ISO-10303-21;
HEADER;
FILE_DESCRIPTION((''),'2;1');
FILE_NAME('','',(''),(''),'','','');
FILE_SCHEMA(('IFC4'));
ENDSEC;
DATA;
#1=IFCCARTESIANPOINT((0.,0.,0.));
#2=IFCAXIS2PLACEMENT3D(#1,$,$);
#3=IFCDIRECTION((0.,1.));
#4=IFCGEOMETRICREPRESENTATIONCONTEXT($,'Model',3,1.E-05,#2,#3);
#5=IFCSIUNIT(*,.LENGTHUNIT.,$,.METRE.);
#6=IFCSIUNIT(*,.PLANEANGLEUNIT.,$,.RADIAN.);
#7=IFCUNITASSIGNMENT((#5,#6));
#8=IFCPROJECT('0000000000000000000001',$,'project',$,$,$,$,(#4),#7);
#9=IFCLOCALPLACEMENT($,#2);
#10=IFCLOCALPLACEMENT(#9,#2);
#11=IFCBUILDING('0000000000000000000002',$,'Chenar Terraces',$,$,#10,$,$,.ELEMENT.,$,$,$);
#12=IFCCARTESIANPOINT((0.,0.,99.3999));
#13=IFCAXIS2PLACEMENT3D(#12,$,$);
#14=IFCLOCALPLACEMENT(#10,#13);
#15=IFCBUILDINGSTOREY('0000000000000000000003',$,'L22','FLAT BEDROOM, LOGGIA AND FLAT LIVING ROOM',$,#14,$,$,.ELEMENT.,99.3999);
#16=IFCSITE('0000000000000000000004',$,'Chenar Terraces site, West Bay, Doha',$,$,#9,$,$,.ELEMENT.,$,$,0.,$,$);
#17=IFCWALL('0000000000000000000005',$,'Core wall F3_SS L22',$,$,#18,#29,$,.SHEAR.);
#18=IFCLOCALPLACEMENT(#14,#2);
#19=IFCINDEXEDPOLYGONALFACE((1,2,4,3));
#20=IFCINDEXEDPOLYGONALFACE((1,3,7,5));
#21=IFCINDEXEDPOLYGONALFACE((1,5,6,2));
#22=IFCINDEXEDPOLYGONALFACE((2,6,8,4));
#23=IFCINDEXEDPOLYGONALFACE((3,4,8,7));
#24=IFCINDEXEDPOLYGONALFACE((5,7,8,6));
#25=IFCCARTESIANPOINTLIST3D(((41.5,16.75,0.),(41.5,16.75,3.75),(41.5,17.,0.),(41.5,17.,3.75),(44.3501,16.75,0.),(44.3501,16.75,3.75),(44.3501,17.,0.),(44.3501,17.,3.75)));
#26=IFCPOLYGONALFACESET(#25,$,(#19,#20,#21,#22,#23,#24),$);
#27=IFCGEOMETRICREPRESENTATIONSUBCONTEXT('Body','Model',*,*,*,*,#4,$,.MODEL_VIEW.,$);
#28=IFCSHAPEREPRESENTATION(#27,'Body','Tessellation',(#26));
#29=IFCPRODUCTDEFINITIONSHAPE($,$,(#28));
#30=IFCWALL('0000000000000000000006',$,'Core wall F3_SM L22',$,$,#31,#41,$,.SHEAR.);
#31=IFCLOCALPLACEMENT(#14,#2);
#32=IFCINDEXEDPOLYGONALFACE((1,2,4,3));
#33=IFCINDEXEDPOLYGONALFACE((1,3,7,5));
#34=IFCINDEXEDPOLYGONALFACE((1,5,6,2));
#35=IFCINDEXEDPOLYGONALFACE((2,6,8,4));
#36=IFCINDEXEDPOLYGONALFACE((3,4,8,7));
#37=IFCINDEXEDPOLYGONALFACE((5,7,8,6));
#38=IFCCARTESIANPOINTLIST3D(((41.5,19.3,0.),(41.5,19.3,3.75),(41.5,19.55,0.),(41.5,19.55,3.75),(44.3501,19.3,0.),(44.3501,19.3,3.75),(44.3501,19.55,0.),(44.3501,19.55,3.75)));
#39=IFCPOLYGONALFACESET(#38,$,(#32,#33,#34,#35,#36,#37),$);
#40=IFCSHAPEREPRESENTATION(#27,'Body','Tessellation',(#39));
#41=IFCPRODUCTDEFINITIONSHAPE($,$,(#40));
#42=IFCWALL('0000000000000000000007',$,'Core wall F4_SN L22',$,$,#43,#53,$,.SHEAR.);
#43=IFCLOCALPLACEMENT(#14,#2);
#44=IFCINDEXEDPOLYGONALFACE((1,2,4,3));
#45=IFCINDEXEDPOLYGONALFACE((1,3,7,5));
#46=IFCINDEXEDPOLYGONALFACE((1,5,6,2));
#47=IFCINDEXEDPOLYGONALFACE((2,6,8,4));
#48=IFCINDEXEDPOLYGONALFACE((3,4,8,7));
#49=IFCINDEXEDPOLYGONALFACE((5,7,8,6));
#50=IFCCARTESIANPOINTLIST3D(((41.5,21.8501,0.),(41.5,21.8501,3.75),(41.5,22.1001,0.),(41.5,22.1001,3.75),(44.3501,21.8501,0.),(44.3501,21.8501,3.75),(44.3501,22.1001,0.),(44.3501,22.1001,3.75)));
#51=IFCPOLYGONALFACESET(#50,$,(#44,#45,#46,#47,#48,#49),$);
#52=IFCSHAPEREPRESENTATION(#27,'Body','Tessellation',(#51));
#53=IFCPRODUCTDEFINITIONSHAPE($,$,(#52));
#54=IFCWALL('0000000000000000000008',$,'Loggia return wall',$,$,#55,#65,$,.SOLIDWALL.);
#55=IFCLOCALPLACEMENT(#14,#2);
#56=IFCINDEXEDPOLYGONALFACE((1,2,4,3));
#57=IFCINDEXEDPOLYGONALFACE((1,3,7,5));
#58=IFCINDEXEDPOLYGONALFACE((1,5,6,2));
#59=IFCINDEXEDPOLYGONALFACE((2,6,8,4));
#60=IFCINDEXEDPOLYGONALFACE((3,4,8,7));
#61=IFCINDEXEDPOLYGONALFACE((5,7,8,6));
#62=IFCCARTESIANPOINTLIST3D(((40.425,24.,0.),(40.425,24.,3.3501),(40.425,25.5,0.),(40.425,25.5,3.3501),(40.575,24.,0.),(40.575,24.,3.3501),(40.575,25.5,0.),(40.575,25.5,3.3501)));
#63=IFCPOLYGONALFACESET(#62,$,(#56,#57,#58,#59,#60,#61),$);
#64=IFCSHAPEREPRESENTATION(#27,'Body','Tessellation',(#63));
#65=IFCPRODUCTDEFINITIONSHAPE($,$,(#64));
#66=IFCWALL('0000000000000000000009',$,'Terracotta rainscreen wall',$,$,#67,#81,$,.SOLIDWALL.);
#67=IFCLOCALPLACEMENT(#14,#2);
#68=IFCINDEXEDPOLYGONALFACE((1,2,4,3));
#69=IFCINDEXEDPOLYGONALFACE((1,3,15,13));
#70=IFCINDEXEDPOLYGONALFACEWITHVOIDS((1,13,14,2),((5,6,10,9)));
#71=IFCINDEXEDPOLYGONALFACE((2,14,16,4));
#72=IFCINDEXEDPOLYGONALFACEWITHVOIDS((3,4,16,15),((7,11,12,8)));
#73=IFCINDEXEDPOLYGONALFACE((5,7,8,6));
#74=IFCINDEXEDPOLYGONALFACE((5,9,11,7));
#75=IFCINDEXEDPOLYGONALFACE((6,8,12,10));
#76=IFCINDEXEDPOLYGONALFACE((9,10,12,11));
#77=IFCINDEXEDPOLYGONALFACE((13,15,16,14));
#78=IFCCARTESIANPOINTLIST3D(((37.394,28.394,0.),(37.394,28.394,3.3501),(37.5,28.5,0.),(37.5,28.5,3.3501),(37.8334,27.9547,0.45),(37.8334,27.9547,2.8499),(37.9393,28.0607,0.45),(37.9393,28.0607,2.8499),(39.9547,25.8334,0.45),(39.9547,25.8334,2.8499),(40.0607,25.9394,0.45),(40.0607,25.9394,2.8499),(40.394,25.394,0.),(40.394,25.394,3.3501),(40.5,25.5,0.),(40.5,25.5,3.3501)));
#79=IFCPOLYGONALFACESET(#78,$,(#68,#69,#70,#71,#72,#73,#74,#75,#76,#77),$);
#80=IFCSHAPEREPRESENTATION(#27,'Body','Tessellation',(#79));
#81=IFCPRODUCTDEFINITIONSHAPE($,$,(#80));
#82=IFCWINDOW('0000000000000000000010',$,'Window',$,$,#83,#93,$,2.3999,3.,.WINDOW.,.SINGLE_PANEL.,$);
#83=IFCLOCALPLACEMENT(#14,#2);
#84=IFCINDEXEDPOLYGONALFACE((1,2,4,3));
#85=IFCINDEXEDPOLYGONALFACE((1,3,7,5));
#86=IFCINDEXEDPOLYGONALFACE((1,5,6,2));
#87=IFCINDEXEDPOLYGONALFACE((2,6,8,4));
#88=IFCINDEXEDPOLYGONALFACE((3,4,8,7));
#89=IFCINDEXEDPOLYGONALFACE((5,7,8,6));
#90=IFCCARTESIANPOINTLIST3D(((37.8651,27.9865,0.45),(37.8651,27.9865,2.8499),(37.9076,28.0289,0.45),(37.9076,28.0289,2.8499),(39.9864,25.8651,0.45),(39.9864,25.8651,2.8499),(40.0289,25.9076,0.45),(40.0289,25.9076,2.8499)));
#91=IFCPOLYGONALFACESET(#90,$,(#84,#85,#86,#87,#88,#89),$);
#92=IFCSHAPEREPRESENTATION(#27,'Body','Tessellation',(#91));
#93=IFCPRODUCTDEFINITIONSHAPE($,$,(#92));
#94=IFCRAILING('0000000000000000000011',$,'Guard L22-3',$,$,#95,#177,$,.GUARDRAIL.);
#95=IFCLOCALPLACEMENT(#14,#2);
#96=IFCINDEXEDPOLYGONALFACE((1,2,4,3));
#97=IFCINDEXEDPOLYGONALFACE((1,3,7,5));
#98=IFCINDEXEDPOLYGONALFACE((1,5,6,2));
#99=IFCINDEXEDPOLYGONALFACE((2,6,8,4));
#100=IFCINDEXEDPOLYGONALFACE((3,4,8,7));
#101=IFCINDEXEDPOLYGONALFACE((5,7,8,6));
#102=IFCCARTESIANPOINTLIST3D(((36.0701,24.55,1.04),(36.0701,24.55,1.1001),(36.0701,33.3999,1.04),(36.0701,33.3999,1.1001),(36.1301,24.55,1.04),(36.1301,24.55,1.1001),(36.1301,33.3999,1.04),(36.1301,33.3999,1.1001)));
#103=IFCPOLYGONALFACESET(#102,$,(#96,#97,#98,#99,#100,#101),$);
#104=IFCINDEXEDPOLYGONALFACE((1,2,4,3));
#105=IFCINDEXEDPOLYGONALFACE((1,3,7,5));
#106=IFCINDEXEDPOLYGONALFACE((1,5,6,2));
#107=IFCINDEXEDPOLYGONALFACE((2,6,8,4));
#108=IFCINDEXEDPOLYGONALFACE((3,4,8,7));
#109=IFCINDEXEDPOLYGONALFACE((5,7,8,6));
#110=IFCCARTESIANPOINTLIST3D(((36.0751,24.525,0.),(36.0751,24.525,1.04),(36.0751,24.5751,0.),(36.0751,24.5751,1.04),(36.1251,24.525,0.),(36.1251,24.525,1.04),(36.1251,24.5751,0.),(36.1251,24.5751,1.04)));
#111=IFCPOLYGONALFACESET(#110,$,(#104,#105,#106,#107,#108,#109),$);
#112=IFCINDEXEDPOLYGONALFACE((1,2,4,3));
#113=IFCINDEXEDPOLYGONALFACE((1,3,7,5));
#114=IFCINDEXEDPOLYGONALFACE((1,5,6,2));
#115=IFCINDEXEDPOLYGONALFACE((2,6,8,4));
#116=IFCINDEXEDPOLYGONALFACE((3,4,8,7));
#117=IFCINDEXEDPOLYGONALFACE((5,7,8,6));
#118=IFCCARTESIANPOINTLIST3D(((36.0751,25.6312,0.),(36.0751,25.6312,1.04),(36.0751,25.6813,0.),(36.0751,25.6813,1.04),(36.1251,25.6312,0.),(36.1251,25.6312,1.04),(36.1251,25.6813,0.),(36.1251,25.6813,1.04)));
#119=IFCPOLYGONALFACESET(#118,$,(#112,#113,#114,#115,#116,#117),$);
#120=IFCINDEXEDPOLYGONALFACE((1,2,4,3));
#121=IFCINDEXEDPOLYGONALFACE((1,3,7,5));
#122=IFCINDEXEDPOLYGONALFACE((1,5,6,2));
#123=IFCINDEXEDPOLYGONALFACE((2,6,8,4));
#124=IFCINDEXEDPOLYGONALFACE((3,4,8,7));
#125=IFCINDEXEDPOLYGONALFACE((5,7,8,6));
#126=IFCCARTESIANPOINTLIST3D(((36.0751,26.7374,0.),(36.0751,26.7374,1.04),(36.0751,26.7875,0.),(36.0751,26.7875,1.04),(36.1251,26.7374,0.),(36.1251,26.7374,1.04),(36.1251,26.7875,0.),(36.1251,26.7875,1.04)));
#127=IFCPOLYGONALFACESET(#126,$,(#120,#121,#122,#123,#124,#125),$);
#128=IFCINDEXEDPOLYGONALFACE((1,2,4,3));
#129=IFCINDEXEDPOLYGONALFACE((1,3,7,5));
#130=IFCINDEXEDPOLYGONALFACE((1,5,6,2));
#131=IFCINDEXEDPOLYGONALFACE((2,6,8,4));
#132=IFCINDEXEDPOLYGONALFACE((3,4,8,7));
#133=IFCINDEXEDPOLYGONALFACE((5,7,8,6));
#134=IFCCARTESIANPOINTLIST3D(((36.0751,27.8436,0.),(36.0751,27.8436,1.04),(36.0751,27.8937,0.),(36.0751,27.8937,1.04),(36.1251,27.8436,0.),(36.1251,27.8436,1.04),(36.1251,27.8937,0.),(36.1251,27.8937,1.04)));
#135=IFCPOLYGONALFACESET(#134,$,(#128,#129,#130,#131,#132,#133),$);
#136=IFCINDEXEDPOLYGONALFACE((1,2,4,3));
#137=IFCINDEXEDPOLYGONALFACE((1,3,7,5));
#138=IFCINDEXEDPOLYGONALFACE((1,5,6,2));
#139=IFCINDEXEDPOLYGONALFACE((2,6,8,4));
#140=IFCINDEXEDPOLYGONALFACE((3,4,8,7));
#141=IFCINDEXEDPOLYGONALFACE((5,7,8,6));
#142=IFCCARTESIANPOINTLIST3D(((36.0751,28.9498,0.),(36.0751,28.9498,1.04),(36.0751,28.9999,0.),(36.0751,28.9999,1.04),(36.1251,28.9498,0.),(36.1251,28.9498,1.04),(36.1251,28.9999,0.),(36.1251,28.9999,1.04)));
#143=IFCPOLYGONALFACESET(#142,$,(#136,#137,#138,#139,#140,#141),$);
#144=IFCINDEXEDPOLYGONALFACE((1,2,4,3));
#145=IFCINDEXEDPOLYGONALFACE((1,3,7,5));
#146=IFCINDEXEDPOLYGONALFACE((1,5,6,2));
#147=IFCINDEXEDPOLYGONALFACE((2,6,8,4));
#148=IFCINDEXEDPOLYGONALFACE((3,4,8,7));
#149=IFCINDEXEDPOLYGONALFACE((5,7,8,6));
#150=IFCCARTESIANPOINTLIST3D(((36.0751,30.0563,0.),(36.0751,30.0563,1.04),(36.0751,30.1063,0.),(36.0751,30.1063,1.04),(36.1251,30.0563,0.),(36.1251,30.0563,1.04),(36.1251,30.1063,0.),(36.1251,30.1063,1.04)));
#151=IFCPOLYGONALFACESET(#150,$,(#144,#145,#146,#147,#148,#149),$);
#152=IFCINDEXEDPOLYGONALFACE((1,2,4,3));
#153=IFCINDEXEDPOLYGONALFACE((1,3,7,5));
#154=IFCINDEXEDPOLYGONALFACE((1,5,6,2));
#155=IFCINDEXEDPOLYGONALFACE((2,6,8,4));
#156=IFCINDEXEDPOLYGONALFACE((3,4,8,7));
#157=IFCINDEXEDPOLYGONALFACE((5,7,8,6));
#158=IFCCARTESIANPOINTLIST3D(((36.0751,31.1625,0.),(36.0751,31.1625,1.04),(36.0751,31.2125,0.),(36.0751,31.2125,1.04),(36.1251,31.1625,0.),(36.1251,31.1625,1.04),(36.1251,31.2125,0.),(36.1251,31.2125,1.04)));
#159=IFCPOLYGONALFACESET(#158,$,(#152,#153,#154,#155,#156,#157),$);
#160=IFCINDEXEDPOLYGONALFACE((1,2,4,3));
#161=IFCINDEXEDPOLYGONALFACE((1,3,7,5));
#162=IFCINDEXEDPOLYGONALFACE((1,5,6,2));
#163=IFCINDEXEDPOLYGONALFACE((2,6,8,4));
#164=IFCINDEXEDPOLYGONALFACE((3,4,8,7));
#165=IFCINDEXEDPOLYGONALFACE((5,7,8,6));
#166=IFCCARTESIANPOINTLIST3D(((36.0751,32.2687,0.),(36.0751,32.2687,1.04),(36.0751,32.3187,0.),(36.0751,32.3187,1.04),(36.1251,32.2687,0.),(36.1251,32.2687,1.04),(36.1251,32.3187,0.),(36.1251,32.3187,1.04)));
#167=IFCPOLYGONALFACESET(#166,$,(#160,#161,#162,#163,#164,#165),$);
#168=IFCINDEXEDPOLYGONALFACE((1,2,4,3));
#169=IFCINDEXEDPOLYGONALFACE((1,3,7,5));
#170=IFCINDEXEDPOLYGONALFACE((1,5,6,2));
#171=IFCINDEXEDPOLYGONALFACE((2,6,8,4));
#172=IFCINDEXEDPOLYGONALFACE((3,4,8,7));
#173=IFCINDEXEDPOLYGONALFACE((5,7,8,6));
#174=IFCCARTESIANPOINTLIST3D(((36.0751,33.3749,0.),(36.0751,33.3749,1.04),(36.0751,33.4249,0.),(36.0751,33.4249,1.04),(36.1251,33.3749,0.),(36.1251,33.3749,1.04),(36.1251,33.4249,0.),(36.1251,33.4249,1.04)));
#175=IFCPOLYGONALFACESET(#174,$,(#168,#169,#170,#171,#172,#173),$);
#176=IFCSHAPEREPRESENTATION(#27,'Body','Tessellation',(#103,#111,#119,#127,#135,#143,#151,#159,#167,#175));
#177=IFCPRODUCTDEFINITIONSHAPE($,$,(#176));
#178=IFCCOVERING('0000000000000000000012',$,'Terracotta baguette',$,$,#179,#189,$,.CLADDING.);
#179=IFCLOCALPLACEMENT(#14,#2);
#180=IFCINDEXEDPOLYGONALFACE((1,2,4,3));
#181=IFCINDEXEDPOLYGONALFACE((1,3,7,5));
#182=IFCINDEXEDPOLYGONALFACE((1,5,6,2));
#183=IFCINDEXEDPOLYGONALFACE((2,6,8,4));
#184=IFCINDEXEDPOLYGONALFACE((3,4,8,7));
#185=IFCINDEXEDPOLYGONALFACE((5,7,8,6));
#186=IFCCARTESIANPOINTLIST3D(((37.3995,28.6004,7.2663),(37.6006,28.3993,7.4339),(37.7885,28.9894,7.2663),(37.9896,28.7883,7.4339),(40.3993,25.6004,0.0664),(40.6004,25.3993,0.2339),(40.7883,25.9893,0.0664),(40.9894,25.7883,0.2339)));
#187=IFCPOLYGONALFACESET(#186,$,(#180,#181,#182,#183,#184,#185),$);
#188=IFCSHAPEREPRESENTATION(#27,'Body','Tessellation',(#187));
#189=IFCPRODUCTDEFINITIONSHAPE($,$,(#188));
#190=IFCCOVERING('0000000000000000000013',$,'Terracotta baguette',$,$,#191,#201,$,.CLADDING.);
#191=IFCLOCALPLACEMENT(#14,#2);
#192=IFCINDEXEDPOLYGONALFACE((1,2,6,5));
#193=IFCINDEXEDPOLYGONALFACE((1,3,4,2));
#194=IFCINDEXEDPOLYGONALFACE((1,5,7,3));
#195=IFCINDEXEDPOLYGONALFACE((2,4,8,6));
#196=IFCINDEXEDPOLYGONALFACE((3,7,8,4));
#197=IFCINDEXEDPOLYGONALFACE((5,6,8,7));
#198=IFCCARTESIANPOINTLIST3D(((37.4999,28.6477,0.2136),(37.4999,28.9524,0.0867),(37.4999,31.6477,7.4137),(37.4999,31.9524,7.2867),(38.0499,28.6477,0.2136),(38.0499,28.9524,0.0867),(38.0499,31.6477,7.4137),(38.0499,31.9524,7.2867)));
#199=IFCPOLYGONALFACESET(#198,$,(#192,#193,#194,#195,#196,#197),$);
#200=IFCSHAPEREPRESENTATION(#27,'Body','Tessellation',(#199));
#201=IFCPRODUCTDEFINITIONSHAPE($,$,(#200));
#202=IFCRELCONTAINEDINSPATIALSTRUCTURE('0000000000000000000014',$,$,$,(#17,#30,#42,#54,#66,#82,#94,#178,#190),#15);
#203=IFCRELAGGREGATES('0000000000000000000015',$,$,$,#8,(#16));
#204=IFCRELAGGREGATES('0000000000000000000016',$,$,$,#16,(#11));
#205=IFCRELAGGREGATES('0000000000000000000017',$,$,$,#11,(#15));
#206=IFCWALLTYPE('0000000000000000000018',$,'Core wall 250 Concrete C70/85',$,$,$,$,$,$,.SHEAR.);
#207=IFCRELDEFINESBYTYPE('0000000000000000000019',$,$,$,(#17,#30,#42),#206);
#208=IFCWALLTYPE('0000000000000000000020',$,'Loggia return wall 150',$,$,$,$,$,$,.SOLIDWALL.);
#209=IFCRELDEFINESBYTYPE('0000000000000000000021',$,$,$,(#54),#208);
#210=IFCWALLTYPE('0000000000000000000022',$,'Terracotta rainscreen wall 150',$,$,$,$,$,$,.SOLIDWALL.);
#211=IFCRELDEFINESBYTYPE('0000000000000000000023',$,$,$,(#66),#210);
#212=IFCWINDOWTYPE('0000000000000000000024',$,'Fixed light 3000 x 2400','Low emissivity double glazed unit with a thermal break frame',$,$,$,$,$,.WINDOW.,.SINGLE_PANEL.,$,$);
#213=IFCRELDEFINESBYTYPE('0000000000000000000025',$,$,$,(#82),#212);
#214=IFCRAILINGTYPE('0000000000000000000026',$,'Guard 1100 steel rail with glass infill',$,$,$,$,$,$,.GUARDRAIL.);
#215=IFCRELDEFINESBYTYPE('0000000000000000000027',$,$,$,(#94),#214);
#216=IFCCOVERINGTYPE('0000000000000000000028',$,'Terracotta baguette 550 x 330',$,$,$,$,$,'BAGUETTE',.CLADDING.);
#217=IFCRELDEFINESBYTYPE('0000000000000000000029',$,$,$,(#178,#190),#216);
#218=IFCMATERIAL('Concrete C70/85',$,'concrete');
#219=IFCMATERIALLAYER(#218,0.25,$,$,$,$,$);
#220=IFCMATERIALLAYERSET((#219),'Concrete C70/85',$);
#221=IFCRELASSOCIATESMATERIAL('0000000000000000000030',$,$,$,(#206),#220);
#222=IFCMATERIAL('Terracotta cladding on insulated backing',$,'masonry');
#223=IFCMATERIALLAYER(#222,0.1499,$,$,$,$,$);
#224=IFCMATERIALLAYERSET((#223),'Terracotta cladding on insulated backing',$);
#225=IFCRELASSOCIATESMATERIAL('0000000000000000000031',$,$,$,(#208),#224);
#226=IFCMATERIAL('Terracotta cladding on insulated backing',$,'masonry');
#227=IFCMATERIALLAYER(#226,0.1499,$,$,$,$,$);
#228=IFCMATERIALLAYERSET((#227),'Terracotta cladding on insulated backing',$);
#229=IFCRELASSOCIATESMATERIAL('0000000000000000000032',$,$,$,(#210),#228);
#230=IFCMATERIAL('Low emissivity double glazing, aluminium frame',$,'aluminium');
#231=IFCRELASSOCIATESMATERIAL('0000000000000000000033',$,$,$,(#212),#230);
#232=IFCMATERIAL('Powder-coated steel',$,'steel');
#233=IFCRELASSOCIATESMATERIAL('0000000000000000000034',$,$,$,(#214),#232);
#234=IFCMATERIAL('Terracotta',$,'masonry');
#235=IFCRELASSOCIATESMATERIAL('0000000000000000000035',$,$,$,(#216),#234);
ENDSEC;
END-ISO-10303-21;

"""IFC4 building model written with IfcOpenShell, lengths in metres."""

from ifc_helpers import new_model, si_unit, direction, frame, frame_2d, origin, origin_2d, place, context, subcontext, project, spatial, rectangle, extrude, material, layer, layer_set, material_profile, profile_set, type_object, element, fill, save


model = new_model("IFC4")

# Units and contexts
model_context = context("Model", 3, precision=1e-05, world=origin(), true_north=direction((0.0, 1.0)))
body_context = subcontext(model_context, "Body", "Model", "MODEL_VIEW")
ifc_project = project(units=[si_unit("LENGTHUNIT", "METRE"), si_unit("PLANEANGLEUNIT", "RADIAN")], contexts=[model_context])

# Site, building, storey
site_placement = place(None, origin())
site = spatial("IfcSite", under=ifc_project, at=site_placement, Name="Chenar Terraces site, West Bay, Doha", CompositionType="ELEMENT", RefElevation=0.0)
building_placement = place(site_placement, origin())
building = spatial("IfcBuilding", under=site, at=building_placement, Name="Chenar Terraces", CompositionType="ELEMENT")
storey_placement = place(building_placement, frame((0.0, 0.0, 99.3999)))
storey = spatial("IfcBuildingStorey", under=building, at=storey_placement, Name="L22", Description="FLAT BEDROOM, LOGGIA AND FLAT LIVING ROOM", CompositionType="ELEMENT", Elevation=99.3999)

# Walls
ifc_material_1 = material(Name="Concrete C70/85", Category="concrete")
ifc_layer_1 = layer(ifc_material_1, 0.25)
ifc_layer_set_1 = layer_set([ifc_layer_1], Name="Concrete C70/85")
wall_type_1 = type_object("IfcWallType", Name="Core wall 250 Concrete C70/85", PredefinedType="SHEAR", material=ifc_layer_set_1)
for number, where, z_axis, x_axis, name in (
    (1, (41.5, 16.875, 0.0), (0.0, 0.0, 1.0), (1.0, 0.0, 0.0), "Core wall F3_SS L22"),
    (2, (41.5, 19.425, 0.0), (0.0, 0.0, 1.0), (1.0, 0.0, 0.0), "Core wall F3_SM L22"),
    (3, (41.5, 21.9751, 0.0), (0.0, 0.0, 1.0), (1.0, 0.0, 0.0), "Core wall F4_SN L22"),
):
    element("IfcWall", number, at=place(storey_placement, frame(where, z_axis=z_axis, x_axis=x_axis)), inside=storey, type_object=wall_type_1, Name=name, PredefinedType="SHEAR", context=body_context, shape_type="SweptSolid", body=[
        extrude(rectangle(XDim=2.8501, YDim=0.25, at=frame_2d((1.425, 0.0))), origin(), (0.0, 0.0, 1.0), 3.75),
    ])
ifc_material_2 = material(Name="Terracotta cladding on insulated backing", Category="masonry")
ifc_layer_2 = layer(ifc_material_2, 0.1499)
ifc_layer_set_2 = layer_set([ifc_layer_2], Name="Terracotta cladding on insulated backing")
wall_type_2 = type_object("IfcWallType", Name="Loggia return wall 150", PredefinedType="SOLIDWALL", material=ifc_layer_set_2)
wall_1_placement = place(storey_placement, frame((40.5, 25.5, 0.0), z_axis=(0.0, 0.0, 1.0), x_axis=(0.0, -1.0, 0.0)))
element("IfcWall", 4, at=wall_1_placement, inside=storey, type_object=wall_type_2, Name="Loggia return wall", PredefinedType="SOLIDWALL", context=body_context, shape_type="SweptSolid", body=[
    extrude(rectangle(XDim=1.5, YDim=0.1499, at=frame_2d((0.75, 0.0))), origin(), (0.0, 0.0, 1.0), 3.3501),
])

# Wall, opening, window
ifc_material_3 = material(Name="Terracotta cladding on insulated backing", Category="masonry")
ifc_layer_3 = layer(ifc_material_3, 0.1499)
ifc_layer_set_3 = layer_set([ifc_layer_3], Name="Terracotta cladding on insulated backing")
wall_type_3 = type_object("IfcWallType", Name="Terracotta rainscreen wall 150", PredefinedType="SOLIDWALL", material=ifc_layer_set_3)
wall_2_placement = place(storey_placement, frame((40.447, 25.447, 0.0), z_axis=(0.0, 0.0, 1.0), x_axis=(-0.707107, 0.707107, 0.0)))
wall_2 = element("IfcWall", 5, at=wall_2_placement, inside=storey, type_object=wall_type_3, Name="Terracotta rainscreen wall", PredefinedType="SOLIDWALL", context=body_context, shape_type="SweptSolid", body=[
    extrude(rectangle(XDim=4.2427, YDim=0.1499, at=frame_2d((2.1213, 0.0))), origin(), (0.0, 0.0, 1.0), 3.3501),
])
opening_1_placement = place(wall_2_placement, frame((0.6213, 0.0, 0.45)))
opening_1 = element("IfcOpeningElement", 6, at=opening_1_placement, cuts=wall_2, PredefinedType="OPENING", context=body_context, shape_type="SweptSolid", body=[
    extrude(rectangle(XDim=3.0, YDim=2.3999, at=frame_2d((1.5, 1.2))), frame((0.0, 0.085, 0.0), z_axis=(0.0, -1.0, 0.0), x_axis=(1.0, 0.0, 0.0)), (0.0, 0.0, 1.0), 0.1699),
])
ifc_material_4 = material(Name="Low emissivity double glazing, aluminium frame", Category="aluminium")
window_type = type_object("IfcWindowType", Name="Fixed light 3000 x 2400", Description="Low emissivity double glazed unit with a thermal break frame", PartitioningType="SINGLE_PANEL", PredefinedType="WINDOW", material=ifc_material_4)
window_placement = place(opening_1_placement, origin())
window = element("IfcWindow", 7, at=window_placement, inside=storey, type_object=window_type, Name="Window", OverallHeight=2.3999, OverallWidth=3.0, PartitioningType="SINGLE_PANEL", PredefinedType="WINDOW", context=body_context, shape_type="SweptSolid", body=[
    extrude(rectangle(XDim=3.0, YDim=2.3999, at=frame_2d((1.5, 1.2))), frame((0.0, 0.03, 0.0), z_axis=(0.0, -1.0, 0.0), x_axis=(1.0, 0.0, 0.0)), (0.0, 0.0, 1.0), 0.0601),
])
fill(opening_1, window)

# Railing
ifc_material_5 = material(Name="Powder-coated steel", Category="steel")
railing_type = type_object("IfcRailingType", Name="Guard 1100 steel rail with glass infill", PredefinedType="GUARDRAIL", material=ifc_material_5)
railing_placement = place(storey_placement, frame((36.1001, 24.55, 0.0)))
element("IfcRailing", 8, at=railing_placement, inside=storey, type_object=railing_type, Name="Guard L22-3", PredefinedType="GUARDRAIL", context=body_context, shape_type="SweptSolid", body=[
    extrude(rectangle(XDim=0.0601, YDim=0.0601, at=origin_2d()), frame((0.0, 0.0, 1.0701), z_axis=(0.0, 1.0, 0.0), x_axis=(-1.0, 0.0, 0.0)), (0.0, 0.0, 1.0), 8.8499),
    extrude(rectangle(XDim=0.05, YDim=0.05, at=origin_2d()), origin(), (0.0, 0.0, 1.0), 1.04),
    extrude(rectangle(XDim=0.05, YDim=0.05, at=origin_2d()), frame((0.0, 1.1062, 0.0)), (0.0, 0.0, 1.0), 1.04),
    extrude(rectangle(XDim=0.05, YDim=0.05, at=origin_2d()), frame((0.0, 2.2124, 0.0)), (0.0, 0.0, 1.0), 1.04),
    extrude(rectangle(XDim=0.05, YDim=0.05, at=origin_2d()), frame((0.0, 3.3186, 0.0)), (0.0, 0.0, 1.0), 1.04),
    extrude(rectangle(XDim=0.05, YDim=0.05, at=origin_2d()), frame((0.0, 4.4248, 0.0)), (0.0, 0.0, 1.0), 1.04),
    extrude(rectangle(XDim=0.05, YDim=0.05, at=origin_2d()), frame((0.0, 5.5312, 0.0)), (0.0, 0.0, 1.0), 1.04),
    extrude(rectangle(XDim=0.05, YDim=0.05, at=origin_2d()), frame((0.0, 6.6375, 0.0)), (0.0, 0.0, 1.0), 1.04),
    extrude(rectangle(XDim=0.05, YDim=0.05, at=origin_2d()), frame((0.0, 7.7437, 0.0)), (0.0, 0.0, 1.0), 1.04),
    extrude(rectangle(XDim=0.05, YDim=0.05, at=origin_2d()), frame((0.0, 8.8499, 0.0)), (0.0, 0.0, 1.0), 1.04),
])

# Coverings
ifc_material_6 = material(Name="Terracotta", Category="masonry")
ifc_material_profile_1 = material_profile(ifc_material_6, rectangle(XDim=0.55, YDim=0.3301, at=origin_2d()), Name="Terracotta baguette 550 x 330")
ifc_profile_set_1 = profile_set([ifc_material_profile_1], Name="Terracotta")
covering_type = type_object("IfcCoveringType", Name="Terracotta baguette 550 x 330", ElementType="BAGUETTE", PredefinedType="CLADDING", material=ifc_profile_set_1)
covering_1_placement = place(storey_placement, frame((40.6943, 25.6943, 0.1501), z_axis=(-0.358955, 0.358985, 0.861557), x_axis=(-0.707136, -0.707078, 0.0)))
element("IfcCovering", 9, at=covering_1_placement, inside=storey, type_object=covering_type, Name="Terracotta baguette", PredefinedType="CLADDING", context=body_context, shape_type="SweptSolid", body=[
    extrude(rectangle(XDim=0.55, YDim=0.3301, at=origin_2d()), origin(), (0.0, 0.0, 1.0), 8.3569),
])
covering_2_placement = place(storey_placement, frame((37.7749, 28.8, 0.1501), z_axis=(0.0, 0.384618, 0.923076), x_axis=(-1.0, 0.0, 0.0)))
element("IfcCovering", 10, at=covering_2_placement, inside=storey, type_object=covering_type, Name="Terracotta baguette", PredefinedType="CLADDING", context=body_context, shape_type="SweptSolid", body=[
    extrude(rectangle(XDim=0.55, YDim=0.3301, at=origin_2d()), origin(), (0.0, 0.0, 1.0), 7.8),
])

save(model, "model.ifc")
